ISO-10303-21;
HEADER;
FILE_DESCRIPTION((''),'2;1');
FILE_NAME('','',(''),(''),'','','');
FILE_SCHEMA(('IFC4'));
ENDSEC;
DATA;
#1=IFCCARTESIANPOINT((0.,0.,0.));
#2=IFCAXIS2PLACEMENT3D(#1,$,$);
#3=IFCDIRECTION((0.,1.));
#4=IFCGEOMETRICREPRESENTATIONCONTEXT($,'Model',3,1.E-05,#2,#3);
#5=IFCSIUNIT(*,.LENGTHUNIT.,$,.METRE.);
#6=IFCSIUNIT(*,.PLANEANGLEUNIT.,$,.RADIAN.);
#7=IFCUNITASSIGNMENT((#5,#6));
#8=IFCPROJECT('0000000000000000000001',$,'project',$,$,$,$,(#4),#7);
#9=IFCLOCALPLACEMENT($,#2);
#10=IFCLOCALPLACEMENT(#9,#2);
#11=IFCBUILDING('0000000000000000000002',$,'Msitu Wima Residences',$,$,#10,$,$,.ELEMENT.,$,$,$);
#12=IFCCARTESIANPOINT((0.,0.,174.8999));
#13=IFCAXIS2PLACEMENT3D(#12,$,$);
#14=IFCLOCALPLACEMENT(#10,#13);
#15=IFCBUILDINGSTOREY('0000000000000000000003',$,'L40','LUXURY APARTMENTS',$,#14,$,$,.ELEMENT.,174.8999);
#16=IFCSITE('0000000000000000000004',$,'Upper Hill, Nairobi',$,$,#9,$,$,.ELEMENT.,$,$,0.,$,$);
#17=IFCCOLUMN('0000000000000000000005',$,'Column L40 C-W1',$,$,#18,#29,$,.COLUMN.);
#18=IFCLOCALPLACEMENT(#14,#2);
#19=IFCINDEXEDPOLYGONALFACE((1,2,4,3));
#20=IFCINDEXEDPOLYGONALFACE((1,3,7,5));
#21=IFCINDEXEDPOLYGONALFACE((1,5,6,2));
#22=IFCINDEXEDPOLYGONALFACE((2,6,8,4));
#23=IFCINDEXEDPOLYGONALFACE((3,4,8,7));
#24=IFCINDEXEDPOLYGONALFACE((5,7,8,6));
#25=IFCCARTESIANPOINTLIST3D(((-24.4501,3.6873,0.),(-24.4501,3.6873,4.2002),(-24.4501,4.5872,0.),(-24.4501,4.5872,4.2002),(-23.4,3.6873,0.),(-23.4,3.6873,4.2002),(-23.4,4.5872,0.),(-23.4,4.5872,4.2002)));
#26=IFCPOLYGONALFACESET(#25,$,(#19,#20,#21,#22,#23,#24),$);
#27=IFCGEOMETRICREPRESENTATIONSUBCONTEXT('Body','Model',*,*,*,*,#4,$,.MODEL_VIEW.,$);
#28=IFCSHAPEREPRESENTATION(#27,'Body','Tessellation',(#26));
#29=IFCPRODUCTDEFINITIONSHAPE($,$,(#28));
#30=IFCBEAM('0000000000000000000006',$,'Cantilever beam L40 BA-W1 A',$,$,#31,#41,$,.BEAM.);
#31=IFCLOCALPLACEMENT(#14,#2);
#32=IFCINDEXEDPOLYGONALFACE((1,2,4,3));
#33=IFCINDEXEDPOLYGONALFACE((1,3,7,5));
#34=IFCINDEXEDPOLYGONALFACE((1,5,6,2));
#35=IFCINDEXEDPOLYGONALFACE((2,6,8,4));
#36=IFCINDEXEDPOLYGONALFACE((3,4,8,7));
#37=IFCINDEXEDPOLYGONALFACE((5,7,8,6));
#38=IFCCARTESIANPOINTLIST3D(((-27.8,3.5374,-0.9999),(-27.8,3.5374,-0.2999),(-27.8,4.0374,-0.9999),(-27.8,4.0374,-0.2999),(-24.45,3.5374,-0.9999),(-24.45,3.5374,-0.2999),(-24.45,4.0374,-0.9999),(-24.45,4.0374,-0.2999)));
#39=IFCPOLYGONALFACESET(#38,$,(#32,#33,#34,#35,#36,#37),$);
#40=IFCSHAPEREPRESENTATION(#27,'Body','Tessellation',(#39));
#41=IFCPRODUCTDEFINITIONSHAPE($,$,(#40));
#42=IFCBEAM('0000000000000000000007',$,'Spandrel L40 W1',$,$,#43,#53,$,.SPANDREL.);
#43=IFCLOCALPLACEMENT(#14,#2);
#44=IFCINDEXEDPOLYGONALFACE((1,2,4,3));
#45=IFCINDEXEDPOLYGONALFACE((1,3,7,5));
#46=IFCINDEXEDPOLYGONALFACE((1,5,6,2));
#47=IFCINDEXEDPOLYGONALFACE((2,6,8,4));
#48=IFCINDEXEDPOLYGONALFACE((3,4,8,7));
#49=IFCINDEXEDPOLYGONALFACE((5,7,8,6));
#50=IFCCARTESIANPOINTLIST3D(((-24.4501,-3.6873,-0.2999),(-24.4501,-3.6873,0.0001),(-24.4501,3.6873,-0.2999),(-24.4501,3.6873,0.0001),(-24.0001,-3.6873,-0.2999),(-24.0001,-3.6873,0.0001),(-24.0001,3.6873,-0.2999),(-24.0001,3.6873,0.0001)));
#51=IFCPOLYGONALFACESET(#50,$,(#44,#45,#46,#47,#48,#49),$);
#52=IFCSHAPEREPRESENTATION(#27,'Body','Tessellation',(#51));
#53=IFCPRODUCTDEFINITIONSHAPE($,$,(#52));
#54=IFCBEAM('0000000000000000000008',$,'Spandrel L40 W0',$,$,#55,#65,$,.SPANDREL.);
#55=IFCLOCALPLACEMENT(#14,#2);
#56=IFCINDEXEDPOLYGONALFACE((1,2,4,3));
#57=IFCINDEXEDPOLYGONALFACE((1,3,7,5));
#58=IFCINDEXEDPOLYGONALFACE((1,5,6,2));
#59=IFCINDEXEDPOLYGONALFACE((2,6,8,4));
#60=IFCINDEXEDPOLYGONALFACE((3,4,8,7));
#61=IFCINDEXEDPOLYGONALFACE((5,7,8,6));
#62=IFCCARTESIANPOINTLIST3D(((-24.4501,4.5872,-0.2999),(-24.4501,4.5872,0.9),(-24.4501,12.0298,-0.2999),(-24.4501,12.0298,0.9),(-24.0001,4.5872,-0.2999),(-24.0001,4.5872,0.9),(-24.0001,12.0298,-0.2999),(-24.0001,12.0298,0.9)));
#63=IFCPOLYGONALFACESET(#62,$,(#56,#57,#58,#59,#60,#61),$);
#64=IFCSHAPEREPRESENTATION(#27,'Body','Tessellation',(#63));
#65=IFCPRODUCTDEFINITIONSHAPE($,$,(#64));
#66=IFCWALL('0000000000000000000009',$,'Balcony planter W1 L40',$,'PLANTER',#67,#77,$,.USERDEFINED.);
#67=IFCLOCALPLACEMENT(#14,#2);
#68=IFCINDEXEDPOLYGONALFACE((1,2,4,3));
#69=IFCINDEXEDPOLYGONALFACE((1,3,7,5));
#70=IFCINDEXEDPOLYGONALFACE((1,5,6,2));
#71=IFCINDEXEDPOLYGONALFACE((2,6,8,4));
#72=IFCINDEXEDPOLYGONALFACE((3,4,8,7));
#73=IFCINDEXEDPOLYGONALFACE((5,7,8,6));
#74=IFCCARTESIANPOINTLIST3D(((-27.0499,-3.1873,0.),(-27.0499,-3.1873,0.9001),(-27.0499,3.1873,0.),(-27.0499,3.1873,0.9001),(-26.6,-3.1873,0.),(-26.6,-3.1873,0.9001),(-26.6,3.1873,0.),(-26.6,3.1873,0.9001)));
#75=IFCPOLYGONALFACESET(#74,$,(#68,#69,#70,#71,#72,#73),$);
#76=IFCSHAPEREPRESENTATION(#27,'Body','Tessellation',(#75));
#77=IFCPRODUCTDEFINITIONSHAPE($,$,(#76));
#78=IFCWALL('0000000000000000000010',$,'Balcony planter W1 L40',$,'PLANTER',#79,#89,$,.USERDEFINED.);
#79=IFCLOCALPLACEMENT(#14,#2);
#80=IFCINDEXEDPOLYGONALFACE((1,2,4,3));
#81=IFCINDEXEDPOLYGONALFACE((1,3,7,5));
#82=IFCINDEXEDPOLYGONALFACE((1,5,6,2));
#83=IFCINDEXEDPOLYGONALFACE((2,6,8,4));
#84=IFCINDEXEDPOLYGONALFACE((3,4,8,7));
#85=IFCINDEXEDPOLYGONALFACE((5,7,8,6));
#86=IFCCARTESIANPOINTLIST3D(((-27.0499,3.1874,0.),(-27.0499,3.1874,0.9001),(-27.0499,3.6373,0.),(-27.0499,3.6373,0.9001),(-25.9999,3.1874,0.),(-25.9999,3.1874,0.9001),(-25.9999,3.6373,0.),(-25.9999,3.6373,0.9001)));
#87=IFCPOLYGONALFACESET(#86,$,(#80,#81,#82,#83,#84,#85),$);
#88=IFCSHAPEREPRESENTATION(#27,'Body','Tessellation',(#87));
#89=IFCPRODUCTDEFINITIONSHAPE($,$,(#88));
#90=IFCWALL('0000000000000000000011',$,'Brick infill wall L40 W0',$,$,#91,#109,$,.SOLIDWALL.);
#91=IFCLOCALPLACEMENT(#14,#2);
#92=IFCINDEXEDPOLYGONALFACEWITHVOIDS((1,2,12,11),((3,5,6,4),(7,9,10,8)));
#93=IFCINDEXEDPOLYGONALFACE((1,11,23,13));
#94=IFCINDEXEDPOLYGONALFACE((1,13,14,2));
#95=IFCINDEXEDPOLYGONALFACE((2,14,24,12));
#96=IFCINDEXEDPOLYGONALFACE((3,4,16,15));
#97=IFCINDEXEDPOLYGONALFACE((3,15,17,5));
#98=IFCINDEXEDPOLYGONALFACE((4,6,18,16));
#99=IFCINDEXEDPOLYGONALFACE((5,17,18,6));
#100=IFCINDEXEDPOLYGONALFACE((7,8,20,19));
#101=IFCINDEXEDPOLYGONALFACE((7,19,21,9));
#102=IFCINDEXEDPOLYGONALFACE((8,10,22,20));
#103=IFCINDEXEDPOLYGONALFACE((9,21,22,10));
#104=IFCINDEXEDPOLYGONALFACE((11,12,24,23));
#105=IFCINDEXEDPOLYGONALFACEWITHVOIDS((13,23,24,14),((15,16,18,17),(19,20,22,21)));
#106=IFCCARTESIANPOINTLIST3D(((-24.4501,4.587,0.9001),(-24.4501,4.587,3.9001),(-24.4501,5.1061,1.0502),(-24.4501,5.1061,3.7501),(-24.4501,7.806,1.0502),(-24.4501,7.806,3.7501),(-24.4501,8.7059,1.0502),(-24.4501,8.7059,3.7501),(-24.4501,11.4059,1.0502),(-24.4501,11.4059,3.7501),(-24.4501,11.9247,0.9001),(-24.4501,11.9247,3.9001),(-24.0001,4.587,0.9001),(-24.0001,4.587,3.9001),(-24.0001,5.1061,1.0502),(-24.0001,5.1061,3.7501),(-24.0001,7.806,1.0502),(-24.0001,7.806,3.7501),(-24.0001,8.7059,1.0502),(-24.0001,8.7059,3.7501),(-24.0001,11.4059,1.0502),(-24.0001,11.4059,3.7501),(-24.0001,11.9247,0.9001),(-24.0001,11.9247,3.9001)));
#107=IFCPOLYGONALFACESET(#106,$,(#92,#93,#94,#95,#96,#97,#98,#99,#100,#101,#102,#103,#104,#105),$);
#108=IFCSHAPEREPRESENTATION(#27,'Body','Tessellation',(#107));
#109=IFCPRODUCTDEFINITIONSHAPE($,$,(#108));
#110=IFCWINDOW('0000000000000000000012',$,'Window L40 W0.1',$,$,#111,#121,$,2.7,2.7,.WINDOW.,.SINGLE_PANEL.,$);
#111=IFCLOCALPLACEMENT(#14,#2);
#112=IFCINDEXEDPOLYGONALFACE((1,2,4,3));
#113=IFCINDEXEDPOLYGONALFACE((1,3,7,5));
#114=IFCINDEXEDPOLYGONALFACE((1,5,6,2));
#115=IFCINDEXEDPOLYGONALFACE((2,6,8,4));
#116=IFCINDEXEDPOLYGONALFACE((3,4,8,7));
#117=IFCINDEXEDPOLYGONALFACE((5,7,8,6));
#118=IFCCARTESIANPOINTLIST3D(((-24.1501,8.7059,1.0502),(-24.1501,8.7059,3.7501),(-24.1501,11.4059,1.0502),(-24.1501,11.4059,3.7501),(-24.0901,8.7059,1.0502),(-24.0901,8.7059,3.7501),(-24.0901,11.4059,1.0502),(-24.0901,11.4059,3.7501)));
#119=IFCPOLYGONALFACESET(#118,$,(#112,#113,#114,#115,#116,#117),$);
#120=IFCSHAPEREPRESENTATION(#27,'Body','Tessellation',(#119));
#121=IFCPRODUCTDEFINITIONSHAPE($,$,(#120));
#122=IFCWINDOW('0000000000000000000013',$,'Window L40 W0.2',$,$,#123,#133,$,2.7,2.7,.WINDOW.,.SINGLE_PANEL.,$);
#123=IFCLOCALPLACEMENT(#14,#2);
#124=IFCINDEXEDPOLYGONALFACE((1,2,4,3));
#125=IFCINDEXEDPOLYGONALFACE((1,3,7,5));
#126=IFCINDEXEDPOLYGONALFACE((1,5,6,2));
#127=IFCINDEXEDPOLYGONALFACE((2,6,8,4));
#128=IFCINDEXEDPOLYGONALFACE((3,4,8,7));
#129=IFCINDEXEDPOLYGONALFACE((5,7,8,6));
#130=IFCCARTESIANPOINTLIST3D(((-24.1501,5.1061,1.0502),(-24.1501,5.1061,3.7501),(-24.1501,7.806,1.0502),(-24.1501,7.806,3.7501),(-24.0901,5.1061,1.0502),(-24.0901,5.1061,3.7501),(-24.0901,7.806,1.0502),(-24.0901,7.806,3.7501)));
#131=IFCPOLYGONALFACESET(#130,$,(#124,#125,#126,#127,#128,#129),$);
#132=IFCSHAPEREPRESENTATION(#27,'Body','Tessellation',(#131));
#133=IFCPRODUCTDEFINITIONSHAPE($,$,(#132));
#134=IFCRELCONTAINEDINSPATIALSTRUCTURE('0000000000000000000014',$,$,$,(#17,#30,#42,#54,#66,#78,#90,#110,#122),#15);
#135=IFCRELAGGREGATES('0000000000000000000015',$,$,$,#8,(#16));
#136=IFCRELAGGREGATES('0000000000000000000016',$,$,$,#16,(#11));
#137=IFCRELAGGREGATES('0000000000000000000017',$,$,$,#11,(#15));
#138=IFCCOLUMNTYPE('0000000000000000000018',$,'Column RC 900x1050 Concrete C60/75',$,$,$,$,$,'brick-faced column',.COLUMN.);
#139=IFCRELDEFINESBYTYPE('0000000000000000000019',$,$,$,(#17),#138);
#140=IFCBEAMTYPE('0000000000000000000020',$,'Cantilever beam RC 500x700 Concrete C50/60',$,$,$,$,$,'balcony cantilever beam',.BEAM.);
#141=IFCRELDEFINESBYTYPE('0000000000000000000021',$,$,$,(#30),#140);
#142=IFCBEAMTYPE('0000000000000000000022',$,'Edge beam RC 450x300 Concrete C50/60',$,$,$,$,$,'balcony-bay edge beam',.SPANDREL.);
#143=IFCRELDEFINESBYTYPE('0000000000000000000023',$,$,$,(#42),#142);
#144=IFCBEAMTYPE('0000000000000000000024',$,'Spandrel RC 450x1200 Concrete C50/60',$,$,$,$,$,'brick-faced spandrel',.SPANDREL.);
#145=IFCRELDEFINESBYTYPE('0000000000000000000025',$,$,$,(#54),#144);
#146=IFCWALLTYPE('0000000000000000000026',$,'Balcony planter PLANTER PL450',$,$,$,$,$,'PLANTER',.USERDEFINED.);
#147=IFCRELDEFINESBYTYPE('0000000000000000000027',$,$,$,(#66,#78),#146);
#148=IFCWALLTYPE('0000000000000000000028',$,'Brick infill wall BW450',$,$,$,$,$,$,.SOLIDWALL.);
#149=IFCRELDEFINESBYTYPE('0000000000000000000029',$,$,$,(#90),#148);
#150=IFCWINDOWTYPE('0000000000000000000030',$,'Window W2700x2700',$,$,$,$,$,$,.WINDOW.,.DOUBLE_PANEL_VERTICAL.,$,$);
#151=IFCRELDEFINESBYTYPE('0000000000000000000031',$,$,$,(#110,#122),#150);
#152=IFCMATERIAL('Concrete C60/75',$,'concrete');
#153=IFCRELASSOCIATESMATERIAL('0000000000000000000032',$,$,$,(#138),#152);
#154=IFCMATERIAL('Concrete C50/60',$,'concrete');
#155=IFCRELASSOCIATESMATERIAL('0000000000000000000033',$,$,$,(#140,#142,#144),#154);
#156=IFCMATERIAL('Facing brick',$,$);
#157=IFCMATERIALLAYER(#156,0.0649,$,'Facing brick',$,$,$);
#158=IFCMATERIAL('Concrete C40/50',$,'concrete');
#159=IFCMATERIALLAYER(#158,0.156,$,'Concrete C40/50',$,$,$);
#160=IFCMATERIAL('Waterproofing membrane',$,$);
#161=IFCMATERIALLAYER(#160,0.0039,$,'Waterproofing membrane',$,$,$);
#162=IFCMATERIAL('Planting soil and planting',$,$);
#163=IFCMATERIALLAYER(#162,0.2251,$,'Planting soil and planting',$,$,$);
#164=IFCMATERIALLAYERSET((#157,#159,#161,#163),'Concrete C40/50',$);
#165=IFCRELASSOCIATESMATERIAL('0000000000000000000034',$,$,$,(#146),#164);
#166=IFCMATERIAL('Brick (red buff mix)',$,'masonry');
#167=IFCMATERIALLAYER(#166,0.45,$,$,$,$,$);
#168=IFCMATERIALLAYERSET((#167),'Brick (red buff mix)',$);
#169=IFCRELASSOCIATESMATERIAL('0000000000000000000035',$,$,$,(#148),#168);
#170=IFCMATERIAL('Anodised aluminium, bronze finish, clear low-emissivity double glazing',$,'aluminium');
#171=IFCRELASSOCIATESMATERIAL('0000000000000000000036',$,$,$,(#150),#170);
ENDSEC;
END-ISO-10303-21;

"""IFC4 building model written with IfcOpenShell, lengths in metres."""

from ifc_helpers import new_model, si_unit, direction, frame, frame_2d, origin, origin_2d, place, context, subcontext, project, spatial, rectangle, extrude, material, layer, layer_set, material_profile, profile_set, type_object, element, fill, save


model = new_model("IFC4")

# Units and contexts
model_context = context("Model", 3, precision=1e-05, world=origin(), true_north=direction((0.0, 1.0)))
body_context = subcontext(model_context, "Body", "Model", "MODEL_VIEW")
ifc_project = project(units=[si_unit("LENGTHUNIT", "METRE"), si_unit("PLANEANGLEUNIT", "RADIAN")], contexts=[model_context])

# Site, building, storey
site_placement = place(None, origin())
site = spatial("IfcSite", under=ifc_project, at=site_placement, Name="Upper Hill, Nairobi", CompositionType="ELEMENT", RefElevation=0.0)
building_placement = place(site_placement, origin())
building = spatial("IfcBuilding", under=site, at=building_placement, Name="Msitu Wima Residences", CompositionType="ELEMENT")
storey_placement = place(building_placement, frame((0.0, 0.0, 174.8999)))
storey = spatial("IfcBuildingStorey", under=building, at=storey_placement, Name="L40", Description="LUXURY APARTMENTS", CompositionType="ELEMENT", Elevation=174.8999)

# Column
ifc_material_1 = material(Name="Concrete C60/75", Category="concrete")
ifc_material_profile_1 = material_profile(ifc_material_1, rectangle(XDim=0.8999, YDim=1.05, at=origin_2d()), Name="RC 900x1050")
ifc_profile_set_1 = profile_set([ifc_material_profile_1], Name="Concrete C60/75")
column_type = type_object("IfcColumnType", Name="Column RC 900x1050 Concrete C60/75", ElementType="brick-faced column", PredefinedType="COLUMN", material=ifc_profile_set_1)
column_placement = place(storey_placement, frame((-23.925, 4.1372, 0.0), z_axis=(0.0, 0.0, 1.0), x_axis=(0.0, -1.0, 0.0)))
element("IfcColumn", 1, at=column_placement, inside=storey, type_object=column_type, Name="Column L40 C-W1", PredefinedType="COLUMN", context=body_context, shape_type="SweptSolid", body=[
    extrude(rectangle(XDim=0.8999, YDim=1.05, at=origin_2d()), origin(), (0.0, 0.0, 1.0), 4.2002),
])

# Beams
ifc_material_2 = material(Name="Concrete C50/60", Category="concrete")
ifc_material_profile_2 = material_profile(ifc_material_2, rectangle(XDim=0.5, YDim=0.7, at=origin_2d()), Name="RC 500x700")
ifc_profile_set_2 = profile_set([ifc_material_profile_2], Name="Concrete C50/60")
beam_type_1 = type_object("IfcBeamType", Name="Cantilever beam RC 500x700 Concrete C50/60", ElementType="balcony cantilever beam", PredefinedType="BEAM", material=ifc_profile_set_2)
beam_1_placement = place(storey_placement, frame((-24.45, 3.7874, -0.6499), z_axis=(-1.0, 0.0, 0.0), x_axis=(0.0, -1.0, 0.0)))
element("IfcBeam", 2, at=beam_1_placement, inside=storey, type_object=beam_type_1, Name="Cantilever beam L40 BA-W1 A", PredefinedType="BEAM", context=body_context, shape_type="SweptSolid", body=[
    extrude(rectangle(XDim=0.5, YDim=0.7, at=origin_2d()), origin(), (0.0, 0.0, 1.0), 3.3501),
])
ifc_material_profile_3 = material_profile(ifc_material_2, rectangle(XDim=0.45, YDim=0.3, at=origin_2d()), Name="RC 450x300")
ifc_profile_set_3 = profile_set([ifc_material_profile_3], Name="Concrete C50/60")
beam_type_2 = type_object("IfcBeamType", Name="Edge beam RC 450x300 Concrete C50/60", ElementType="balcony-bay edge beam", PredefinedType="SPANDREL", material=ifc_profile_set_3)
beam_2_placement = place(storey_placement, frame((-24.2251, 3.6873, -0.1499), z_axis=(0.0, -1.0, 0.0), x_axis=(1.0, 0.0, 0.0)))
element("IfcBeam", 3, at=beam_2_placement, inside=storey, type_object=beam_type_2, Name="Spandrel L40 W1", PredefinedType="SPANDREL", context=body_context, shape_type="SweptSolid", body=[
    extrude(rectangle(XDim=0.45, YDim=0.3, at=origin_2d()), origin(), (0.0, 0.0, 1.0), 7.3745),
])
ifc_material_profile_4 = material_profile(ifc_material_2, rectangle(XDim=0.45, YDim=1.2, at=origin_2d()), Name="RC 450x1200")
ifc_profile_set_4 = profile_set([ifc_material_profile_4], Name="Concrete C50/60")
beam_type_3 = type_object("IfcBeamType", Name="Spandrel RC 450x1200 Concrete C50/60", ElementType="brick-faced spandrel", PredefinedType="SPANDREL", material=ifc_profile_set_4)
beam_3_placement = place(storey_placement, frame((-24.2251, 12.0298, 0.3), z_axis=(0.0, -1.0, 0.0), x_axis=(1.0, 0.0, 0.0)))
element("IfcBeam", 4, at=beam_3_placement, inside=storey, type_object=beam_type_3, Name="Spandrel L40 W0", PredefinedType="SPANDREL", context=body_context, shape_type="SweptSolid", body=[
    extrude(rectangle(XDim=0.45, YDim=1.2, at=origin_2d()), origin(), (0.0, 0.0, 1.0), 7.4426),
])

# Walls
ifc_material_3 = material(Name="Facing brick")
ifc_layer_1 = layer(ifc_material_3, 0.0649, Name="Facing brick")
ifc_material_4 = material(Name="Concrete C40/50", Category="concrete")
ifc_layer_2 = layer(ifc_material_4, 0.156, Name="Concrete C40/50")
ifc_material_5 = material(Name="Waterproofing membrane")
ifc_layer_3 = layer(ifc_material_5, 0.0039, Name="Waterproofing membrane")
ifc_material_6 = material(Name="Planting soil and planting")
ifc_layer_4 = layer(ifc_material_6, 0.2251, Name="Planting soil and planting")
ifc_layer_set_1 = layer_set([ifc_layer_1, ifc_layer_2, ifc_layer_3, ifc_layer_4], Name="Concrete C40/50")
wall_type_1 = type_object("IfcWallType", Name="Balcony planter PLANTER PL450", ElementType="PLANTER", PredefinedType="USERDEFINED", material=ifc_layer_set_1)
wall_1_placement = place(storey_placement, frame((-26.825, 3.1873, 0.0), z_axis=(0.0, 0.0, 1.0), x_axis=(0.0, -1.0, 0.0)))
element("IfcWall", 5, at=wall_1_placement, inside=storey, type_object=wall_type_1, Name="Balcony planter W1 L40", ObjectType="PLANTER", PredefinedType="USERDEFINED", context=body_context, shape_type="SweptSolid", body=[
    extrude(rectangle(XDim=6.3745, YDim=0.45, at=frame_2d((3.1873, 0.0))), origin(), (0.0, 0.0, 1.0), 0.9001),
])
wall_2_placement = place(storey_placement, frame((-26.0, 3.4124, 0.0), z_axis=(0.0, 0.0, 1.0), x_axis=(-1.0, 0.0, 0.0)))
element("IfcWall", 6, at=wall_2_placement, inside=storey, type_object=wall_type_1, Name="Balcony planter W1 L40", ObjectType="PLANTER", PredefinedType="USERDEFINED", context=body_context, shape_type="SweptSolid", body=[
    extrude(rectangle(XDim=1.05, YDim=0.45, at=frame_2d((0.5249, 0.0))), origin(), (0.0, 0.0, 1.0), 0.9001),
])

# Wall, openings, windows
ifc_material_7 = material(Name="Brick (red buff mix)", Category="masonry")
ifc_layer_5 = layer(ifc_material_7, 0.45)
ifc_layer_set_2 = layer_set([ifc_layer_5], Name="Brick (red buff mix)")
wall_type_2 = type_object("IfcWallType", Name="Brick infill wall BW450", PredefinedType="SOLIDWALL", material=ifc_layer_set_2)
wall_3_placement = place(storey_placement, frame((-24.2251, 11.9248, 0.9001), z_axis=(0.0, 0.0, 1.0), x_axis=(0.0, -1.0, 0.0)))
wall_3 = element("IfcWall", 7, at=wall_3_placement, inside=storey, type_object=wall_type_2, Name="Brick infill wall L40 W0", PredefinedType="SOLIDWALL", context=body_context, shape_type="SweptSolid", body=[
    extrude(rectangle(XDim=7.3376, YDim=0.45, at=frame_2d((3.6689, 0.0))), origin(), (0.0, 0.0, 1.0), 3.0),
])
opening_1_placement = place(wall_3_placement, frame((0.5188, 0.0, 0.1499)))
opening_1 = element("IfcOpeningElement", 8, at=opening_1_placement, cuts=wall_3, PredefinedType="OPENING", context=body_context, shape_type="SweptSolid", body=[
    extrude(rectangle(XDim=2.7, YDim=2.7, at=frame_2d((1.3501, 1.3501))), frame((0.0, 0.2349, 0.0), z_axis=(0.0, -1.0, 0.0), x_axis=(1.0, 0.0, 0.0)), (0.0, 0.0, 1.0), 0.47),
])
opening_2_placement = place(wall_3_placement, frame((4.1187, 0.0, 0.1499)))
opening_2 = element("IfcOpeningElement", 9, at=opening_2_placement, cuts=wall_3, PredefinedType="OPENING", context=body_context, shape_type="SweptSolid", body=[
    extrude(rectangle(XDim=2.7, YDim=2.7, at=frame_2d((1.3501, 1.3501))), frame((0.0, 0.2349, 0.0), z_axis=(0.0, -1.0, 0.0), x_axis=(1.0, 0.0, 0.0)), (0.0, 0.0, 1.0), 0.47),
])
ifc_material_8 = material(Name="Anodised aluminium, bronze finish, clear low-emissivity double glazing", Category="aluminium")
window_type = type_object("IfcWindowType", Name="Window W2700x2700", PartitioningType="DOUBLE_PANEL_VERTICAL", PredefinedType="WINDOW", material=ifc_material_8)
window_1_placement = place(opening_1_placement, origin())
window_1 = element("IfcWindow", 10, at=window_1_placement, inside=storey, type_object=window_type, Name="Window L40 W0.1", OverallHeight=2.7, OverallWidth=2.7, PartitioningType="SINGLE_PANEL", PredefinedType="WINDOW", context=body_context, shape_type="SweptSolid", body=[
    extrude(rectangle(XDim=2.7, YDim=2.7, at=frame_2d((1.3501, 1.3501))), frame((0.0, 0.135, 0.0), z_axis=(0.0, -1.0, 0.0), x_axis=(1.0, 0.0, 0.0)), (0.0, 0.0, 1.0), 0.0601),
])
fill(opening_1, window_1)
window_2_placement = place(opening_2_placement, origin())
window_2 = element("IfcWindow", 11, at=window_2_placement, inside=storey, type_object=window_type, Name="Window L40 W0.2", OverallHeight=2.7, OverallWidth=2.7, PartitioningType="SINGLE_PANEL", PredefinedType="WINDOW", context=body_context, shape_type="SweptSolid", body=[
    extrude(rectangle(XDim=2.7, YDim=2.7, at=frame_2d((1.3501, 1.3501))), frame((0.0, 0.135, 0.0), z_axis=(0.0, -1.0, 0.0), x_axis=(1.0, 0.0, 0.0)), (0.0, 0.0, 1.0), 0.0601),
])
fill(opening_2, window_2)

save(model, "model.ifc")
